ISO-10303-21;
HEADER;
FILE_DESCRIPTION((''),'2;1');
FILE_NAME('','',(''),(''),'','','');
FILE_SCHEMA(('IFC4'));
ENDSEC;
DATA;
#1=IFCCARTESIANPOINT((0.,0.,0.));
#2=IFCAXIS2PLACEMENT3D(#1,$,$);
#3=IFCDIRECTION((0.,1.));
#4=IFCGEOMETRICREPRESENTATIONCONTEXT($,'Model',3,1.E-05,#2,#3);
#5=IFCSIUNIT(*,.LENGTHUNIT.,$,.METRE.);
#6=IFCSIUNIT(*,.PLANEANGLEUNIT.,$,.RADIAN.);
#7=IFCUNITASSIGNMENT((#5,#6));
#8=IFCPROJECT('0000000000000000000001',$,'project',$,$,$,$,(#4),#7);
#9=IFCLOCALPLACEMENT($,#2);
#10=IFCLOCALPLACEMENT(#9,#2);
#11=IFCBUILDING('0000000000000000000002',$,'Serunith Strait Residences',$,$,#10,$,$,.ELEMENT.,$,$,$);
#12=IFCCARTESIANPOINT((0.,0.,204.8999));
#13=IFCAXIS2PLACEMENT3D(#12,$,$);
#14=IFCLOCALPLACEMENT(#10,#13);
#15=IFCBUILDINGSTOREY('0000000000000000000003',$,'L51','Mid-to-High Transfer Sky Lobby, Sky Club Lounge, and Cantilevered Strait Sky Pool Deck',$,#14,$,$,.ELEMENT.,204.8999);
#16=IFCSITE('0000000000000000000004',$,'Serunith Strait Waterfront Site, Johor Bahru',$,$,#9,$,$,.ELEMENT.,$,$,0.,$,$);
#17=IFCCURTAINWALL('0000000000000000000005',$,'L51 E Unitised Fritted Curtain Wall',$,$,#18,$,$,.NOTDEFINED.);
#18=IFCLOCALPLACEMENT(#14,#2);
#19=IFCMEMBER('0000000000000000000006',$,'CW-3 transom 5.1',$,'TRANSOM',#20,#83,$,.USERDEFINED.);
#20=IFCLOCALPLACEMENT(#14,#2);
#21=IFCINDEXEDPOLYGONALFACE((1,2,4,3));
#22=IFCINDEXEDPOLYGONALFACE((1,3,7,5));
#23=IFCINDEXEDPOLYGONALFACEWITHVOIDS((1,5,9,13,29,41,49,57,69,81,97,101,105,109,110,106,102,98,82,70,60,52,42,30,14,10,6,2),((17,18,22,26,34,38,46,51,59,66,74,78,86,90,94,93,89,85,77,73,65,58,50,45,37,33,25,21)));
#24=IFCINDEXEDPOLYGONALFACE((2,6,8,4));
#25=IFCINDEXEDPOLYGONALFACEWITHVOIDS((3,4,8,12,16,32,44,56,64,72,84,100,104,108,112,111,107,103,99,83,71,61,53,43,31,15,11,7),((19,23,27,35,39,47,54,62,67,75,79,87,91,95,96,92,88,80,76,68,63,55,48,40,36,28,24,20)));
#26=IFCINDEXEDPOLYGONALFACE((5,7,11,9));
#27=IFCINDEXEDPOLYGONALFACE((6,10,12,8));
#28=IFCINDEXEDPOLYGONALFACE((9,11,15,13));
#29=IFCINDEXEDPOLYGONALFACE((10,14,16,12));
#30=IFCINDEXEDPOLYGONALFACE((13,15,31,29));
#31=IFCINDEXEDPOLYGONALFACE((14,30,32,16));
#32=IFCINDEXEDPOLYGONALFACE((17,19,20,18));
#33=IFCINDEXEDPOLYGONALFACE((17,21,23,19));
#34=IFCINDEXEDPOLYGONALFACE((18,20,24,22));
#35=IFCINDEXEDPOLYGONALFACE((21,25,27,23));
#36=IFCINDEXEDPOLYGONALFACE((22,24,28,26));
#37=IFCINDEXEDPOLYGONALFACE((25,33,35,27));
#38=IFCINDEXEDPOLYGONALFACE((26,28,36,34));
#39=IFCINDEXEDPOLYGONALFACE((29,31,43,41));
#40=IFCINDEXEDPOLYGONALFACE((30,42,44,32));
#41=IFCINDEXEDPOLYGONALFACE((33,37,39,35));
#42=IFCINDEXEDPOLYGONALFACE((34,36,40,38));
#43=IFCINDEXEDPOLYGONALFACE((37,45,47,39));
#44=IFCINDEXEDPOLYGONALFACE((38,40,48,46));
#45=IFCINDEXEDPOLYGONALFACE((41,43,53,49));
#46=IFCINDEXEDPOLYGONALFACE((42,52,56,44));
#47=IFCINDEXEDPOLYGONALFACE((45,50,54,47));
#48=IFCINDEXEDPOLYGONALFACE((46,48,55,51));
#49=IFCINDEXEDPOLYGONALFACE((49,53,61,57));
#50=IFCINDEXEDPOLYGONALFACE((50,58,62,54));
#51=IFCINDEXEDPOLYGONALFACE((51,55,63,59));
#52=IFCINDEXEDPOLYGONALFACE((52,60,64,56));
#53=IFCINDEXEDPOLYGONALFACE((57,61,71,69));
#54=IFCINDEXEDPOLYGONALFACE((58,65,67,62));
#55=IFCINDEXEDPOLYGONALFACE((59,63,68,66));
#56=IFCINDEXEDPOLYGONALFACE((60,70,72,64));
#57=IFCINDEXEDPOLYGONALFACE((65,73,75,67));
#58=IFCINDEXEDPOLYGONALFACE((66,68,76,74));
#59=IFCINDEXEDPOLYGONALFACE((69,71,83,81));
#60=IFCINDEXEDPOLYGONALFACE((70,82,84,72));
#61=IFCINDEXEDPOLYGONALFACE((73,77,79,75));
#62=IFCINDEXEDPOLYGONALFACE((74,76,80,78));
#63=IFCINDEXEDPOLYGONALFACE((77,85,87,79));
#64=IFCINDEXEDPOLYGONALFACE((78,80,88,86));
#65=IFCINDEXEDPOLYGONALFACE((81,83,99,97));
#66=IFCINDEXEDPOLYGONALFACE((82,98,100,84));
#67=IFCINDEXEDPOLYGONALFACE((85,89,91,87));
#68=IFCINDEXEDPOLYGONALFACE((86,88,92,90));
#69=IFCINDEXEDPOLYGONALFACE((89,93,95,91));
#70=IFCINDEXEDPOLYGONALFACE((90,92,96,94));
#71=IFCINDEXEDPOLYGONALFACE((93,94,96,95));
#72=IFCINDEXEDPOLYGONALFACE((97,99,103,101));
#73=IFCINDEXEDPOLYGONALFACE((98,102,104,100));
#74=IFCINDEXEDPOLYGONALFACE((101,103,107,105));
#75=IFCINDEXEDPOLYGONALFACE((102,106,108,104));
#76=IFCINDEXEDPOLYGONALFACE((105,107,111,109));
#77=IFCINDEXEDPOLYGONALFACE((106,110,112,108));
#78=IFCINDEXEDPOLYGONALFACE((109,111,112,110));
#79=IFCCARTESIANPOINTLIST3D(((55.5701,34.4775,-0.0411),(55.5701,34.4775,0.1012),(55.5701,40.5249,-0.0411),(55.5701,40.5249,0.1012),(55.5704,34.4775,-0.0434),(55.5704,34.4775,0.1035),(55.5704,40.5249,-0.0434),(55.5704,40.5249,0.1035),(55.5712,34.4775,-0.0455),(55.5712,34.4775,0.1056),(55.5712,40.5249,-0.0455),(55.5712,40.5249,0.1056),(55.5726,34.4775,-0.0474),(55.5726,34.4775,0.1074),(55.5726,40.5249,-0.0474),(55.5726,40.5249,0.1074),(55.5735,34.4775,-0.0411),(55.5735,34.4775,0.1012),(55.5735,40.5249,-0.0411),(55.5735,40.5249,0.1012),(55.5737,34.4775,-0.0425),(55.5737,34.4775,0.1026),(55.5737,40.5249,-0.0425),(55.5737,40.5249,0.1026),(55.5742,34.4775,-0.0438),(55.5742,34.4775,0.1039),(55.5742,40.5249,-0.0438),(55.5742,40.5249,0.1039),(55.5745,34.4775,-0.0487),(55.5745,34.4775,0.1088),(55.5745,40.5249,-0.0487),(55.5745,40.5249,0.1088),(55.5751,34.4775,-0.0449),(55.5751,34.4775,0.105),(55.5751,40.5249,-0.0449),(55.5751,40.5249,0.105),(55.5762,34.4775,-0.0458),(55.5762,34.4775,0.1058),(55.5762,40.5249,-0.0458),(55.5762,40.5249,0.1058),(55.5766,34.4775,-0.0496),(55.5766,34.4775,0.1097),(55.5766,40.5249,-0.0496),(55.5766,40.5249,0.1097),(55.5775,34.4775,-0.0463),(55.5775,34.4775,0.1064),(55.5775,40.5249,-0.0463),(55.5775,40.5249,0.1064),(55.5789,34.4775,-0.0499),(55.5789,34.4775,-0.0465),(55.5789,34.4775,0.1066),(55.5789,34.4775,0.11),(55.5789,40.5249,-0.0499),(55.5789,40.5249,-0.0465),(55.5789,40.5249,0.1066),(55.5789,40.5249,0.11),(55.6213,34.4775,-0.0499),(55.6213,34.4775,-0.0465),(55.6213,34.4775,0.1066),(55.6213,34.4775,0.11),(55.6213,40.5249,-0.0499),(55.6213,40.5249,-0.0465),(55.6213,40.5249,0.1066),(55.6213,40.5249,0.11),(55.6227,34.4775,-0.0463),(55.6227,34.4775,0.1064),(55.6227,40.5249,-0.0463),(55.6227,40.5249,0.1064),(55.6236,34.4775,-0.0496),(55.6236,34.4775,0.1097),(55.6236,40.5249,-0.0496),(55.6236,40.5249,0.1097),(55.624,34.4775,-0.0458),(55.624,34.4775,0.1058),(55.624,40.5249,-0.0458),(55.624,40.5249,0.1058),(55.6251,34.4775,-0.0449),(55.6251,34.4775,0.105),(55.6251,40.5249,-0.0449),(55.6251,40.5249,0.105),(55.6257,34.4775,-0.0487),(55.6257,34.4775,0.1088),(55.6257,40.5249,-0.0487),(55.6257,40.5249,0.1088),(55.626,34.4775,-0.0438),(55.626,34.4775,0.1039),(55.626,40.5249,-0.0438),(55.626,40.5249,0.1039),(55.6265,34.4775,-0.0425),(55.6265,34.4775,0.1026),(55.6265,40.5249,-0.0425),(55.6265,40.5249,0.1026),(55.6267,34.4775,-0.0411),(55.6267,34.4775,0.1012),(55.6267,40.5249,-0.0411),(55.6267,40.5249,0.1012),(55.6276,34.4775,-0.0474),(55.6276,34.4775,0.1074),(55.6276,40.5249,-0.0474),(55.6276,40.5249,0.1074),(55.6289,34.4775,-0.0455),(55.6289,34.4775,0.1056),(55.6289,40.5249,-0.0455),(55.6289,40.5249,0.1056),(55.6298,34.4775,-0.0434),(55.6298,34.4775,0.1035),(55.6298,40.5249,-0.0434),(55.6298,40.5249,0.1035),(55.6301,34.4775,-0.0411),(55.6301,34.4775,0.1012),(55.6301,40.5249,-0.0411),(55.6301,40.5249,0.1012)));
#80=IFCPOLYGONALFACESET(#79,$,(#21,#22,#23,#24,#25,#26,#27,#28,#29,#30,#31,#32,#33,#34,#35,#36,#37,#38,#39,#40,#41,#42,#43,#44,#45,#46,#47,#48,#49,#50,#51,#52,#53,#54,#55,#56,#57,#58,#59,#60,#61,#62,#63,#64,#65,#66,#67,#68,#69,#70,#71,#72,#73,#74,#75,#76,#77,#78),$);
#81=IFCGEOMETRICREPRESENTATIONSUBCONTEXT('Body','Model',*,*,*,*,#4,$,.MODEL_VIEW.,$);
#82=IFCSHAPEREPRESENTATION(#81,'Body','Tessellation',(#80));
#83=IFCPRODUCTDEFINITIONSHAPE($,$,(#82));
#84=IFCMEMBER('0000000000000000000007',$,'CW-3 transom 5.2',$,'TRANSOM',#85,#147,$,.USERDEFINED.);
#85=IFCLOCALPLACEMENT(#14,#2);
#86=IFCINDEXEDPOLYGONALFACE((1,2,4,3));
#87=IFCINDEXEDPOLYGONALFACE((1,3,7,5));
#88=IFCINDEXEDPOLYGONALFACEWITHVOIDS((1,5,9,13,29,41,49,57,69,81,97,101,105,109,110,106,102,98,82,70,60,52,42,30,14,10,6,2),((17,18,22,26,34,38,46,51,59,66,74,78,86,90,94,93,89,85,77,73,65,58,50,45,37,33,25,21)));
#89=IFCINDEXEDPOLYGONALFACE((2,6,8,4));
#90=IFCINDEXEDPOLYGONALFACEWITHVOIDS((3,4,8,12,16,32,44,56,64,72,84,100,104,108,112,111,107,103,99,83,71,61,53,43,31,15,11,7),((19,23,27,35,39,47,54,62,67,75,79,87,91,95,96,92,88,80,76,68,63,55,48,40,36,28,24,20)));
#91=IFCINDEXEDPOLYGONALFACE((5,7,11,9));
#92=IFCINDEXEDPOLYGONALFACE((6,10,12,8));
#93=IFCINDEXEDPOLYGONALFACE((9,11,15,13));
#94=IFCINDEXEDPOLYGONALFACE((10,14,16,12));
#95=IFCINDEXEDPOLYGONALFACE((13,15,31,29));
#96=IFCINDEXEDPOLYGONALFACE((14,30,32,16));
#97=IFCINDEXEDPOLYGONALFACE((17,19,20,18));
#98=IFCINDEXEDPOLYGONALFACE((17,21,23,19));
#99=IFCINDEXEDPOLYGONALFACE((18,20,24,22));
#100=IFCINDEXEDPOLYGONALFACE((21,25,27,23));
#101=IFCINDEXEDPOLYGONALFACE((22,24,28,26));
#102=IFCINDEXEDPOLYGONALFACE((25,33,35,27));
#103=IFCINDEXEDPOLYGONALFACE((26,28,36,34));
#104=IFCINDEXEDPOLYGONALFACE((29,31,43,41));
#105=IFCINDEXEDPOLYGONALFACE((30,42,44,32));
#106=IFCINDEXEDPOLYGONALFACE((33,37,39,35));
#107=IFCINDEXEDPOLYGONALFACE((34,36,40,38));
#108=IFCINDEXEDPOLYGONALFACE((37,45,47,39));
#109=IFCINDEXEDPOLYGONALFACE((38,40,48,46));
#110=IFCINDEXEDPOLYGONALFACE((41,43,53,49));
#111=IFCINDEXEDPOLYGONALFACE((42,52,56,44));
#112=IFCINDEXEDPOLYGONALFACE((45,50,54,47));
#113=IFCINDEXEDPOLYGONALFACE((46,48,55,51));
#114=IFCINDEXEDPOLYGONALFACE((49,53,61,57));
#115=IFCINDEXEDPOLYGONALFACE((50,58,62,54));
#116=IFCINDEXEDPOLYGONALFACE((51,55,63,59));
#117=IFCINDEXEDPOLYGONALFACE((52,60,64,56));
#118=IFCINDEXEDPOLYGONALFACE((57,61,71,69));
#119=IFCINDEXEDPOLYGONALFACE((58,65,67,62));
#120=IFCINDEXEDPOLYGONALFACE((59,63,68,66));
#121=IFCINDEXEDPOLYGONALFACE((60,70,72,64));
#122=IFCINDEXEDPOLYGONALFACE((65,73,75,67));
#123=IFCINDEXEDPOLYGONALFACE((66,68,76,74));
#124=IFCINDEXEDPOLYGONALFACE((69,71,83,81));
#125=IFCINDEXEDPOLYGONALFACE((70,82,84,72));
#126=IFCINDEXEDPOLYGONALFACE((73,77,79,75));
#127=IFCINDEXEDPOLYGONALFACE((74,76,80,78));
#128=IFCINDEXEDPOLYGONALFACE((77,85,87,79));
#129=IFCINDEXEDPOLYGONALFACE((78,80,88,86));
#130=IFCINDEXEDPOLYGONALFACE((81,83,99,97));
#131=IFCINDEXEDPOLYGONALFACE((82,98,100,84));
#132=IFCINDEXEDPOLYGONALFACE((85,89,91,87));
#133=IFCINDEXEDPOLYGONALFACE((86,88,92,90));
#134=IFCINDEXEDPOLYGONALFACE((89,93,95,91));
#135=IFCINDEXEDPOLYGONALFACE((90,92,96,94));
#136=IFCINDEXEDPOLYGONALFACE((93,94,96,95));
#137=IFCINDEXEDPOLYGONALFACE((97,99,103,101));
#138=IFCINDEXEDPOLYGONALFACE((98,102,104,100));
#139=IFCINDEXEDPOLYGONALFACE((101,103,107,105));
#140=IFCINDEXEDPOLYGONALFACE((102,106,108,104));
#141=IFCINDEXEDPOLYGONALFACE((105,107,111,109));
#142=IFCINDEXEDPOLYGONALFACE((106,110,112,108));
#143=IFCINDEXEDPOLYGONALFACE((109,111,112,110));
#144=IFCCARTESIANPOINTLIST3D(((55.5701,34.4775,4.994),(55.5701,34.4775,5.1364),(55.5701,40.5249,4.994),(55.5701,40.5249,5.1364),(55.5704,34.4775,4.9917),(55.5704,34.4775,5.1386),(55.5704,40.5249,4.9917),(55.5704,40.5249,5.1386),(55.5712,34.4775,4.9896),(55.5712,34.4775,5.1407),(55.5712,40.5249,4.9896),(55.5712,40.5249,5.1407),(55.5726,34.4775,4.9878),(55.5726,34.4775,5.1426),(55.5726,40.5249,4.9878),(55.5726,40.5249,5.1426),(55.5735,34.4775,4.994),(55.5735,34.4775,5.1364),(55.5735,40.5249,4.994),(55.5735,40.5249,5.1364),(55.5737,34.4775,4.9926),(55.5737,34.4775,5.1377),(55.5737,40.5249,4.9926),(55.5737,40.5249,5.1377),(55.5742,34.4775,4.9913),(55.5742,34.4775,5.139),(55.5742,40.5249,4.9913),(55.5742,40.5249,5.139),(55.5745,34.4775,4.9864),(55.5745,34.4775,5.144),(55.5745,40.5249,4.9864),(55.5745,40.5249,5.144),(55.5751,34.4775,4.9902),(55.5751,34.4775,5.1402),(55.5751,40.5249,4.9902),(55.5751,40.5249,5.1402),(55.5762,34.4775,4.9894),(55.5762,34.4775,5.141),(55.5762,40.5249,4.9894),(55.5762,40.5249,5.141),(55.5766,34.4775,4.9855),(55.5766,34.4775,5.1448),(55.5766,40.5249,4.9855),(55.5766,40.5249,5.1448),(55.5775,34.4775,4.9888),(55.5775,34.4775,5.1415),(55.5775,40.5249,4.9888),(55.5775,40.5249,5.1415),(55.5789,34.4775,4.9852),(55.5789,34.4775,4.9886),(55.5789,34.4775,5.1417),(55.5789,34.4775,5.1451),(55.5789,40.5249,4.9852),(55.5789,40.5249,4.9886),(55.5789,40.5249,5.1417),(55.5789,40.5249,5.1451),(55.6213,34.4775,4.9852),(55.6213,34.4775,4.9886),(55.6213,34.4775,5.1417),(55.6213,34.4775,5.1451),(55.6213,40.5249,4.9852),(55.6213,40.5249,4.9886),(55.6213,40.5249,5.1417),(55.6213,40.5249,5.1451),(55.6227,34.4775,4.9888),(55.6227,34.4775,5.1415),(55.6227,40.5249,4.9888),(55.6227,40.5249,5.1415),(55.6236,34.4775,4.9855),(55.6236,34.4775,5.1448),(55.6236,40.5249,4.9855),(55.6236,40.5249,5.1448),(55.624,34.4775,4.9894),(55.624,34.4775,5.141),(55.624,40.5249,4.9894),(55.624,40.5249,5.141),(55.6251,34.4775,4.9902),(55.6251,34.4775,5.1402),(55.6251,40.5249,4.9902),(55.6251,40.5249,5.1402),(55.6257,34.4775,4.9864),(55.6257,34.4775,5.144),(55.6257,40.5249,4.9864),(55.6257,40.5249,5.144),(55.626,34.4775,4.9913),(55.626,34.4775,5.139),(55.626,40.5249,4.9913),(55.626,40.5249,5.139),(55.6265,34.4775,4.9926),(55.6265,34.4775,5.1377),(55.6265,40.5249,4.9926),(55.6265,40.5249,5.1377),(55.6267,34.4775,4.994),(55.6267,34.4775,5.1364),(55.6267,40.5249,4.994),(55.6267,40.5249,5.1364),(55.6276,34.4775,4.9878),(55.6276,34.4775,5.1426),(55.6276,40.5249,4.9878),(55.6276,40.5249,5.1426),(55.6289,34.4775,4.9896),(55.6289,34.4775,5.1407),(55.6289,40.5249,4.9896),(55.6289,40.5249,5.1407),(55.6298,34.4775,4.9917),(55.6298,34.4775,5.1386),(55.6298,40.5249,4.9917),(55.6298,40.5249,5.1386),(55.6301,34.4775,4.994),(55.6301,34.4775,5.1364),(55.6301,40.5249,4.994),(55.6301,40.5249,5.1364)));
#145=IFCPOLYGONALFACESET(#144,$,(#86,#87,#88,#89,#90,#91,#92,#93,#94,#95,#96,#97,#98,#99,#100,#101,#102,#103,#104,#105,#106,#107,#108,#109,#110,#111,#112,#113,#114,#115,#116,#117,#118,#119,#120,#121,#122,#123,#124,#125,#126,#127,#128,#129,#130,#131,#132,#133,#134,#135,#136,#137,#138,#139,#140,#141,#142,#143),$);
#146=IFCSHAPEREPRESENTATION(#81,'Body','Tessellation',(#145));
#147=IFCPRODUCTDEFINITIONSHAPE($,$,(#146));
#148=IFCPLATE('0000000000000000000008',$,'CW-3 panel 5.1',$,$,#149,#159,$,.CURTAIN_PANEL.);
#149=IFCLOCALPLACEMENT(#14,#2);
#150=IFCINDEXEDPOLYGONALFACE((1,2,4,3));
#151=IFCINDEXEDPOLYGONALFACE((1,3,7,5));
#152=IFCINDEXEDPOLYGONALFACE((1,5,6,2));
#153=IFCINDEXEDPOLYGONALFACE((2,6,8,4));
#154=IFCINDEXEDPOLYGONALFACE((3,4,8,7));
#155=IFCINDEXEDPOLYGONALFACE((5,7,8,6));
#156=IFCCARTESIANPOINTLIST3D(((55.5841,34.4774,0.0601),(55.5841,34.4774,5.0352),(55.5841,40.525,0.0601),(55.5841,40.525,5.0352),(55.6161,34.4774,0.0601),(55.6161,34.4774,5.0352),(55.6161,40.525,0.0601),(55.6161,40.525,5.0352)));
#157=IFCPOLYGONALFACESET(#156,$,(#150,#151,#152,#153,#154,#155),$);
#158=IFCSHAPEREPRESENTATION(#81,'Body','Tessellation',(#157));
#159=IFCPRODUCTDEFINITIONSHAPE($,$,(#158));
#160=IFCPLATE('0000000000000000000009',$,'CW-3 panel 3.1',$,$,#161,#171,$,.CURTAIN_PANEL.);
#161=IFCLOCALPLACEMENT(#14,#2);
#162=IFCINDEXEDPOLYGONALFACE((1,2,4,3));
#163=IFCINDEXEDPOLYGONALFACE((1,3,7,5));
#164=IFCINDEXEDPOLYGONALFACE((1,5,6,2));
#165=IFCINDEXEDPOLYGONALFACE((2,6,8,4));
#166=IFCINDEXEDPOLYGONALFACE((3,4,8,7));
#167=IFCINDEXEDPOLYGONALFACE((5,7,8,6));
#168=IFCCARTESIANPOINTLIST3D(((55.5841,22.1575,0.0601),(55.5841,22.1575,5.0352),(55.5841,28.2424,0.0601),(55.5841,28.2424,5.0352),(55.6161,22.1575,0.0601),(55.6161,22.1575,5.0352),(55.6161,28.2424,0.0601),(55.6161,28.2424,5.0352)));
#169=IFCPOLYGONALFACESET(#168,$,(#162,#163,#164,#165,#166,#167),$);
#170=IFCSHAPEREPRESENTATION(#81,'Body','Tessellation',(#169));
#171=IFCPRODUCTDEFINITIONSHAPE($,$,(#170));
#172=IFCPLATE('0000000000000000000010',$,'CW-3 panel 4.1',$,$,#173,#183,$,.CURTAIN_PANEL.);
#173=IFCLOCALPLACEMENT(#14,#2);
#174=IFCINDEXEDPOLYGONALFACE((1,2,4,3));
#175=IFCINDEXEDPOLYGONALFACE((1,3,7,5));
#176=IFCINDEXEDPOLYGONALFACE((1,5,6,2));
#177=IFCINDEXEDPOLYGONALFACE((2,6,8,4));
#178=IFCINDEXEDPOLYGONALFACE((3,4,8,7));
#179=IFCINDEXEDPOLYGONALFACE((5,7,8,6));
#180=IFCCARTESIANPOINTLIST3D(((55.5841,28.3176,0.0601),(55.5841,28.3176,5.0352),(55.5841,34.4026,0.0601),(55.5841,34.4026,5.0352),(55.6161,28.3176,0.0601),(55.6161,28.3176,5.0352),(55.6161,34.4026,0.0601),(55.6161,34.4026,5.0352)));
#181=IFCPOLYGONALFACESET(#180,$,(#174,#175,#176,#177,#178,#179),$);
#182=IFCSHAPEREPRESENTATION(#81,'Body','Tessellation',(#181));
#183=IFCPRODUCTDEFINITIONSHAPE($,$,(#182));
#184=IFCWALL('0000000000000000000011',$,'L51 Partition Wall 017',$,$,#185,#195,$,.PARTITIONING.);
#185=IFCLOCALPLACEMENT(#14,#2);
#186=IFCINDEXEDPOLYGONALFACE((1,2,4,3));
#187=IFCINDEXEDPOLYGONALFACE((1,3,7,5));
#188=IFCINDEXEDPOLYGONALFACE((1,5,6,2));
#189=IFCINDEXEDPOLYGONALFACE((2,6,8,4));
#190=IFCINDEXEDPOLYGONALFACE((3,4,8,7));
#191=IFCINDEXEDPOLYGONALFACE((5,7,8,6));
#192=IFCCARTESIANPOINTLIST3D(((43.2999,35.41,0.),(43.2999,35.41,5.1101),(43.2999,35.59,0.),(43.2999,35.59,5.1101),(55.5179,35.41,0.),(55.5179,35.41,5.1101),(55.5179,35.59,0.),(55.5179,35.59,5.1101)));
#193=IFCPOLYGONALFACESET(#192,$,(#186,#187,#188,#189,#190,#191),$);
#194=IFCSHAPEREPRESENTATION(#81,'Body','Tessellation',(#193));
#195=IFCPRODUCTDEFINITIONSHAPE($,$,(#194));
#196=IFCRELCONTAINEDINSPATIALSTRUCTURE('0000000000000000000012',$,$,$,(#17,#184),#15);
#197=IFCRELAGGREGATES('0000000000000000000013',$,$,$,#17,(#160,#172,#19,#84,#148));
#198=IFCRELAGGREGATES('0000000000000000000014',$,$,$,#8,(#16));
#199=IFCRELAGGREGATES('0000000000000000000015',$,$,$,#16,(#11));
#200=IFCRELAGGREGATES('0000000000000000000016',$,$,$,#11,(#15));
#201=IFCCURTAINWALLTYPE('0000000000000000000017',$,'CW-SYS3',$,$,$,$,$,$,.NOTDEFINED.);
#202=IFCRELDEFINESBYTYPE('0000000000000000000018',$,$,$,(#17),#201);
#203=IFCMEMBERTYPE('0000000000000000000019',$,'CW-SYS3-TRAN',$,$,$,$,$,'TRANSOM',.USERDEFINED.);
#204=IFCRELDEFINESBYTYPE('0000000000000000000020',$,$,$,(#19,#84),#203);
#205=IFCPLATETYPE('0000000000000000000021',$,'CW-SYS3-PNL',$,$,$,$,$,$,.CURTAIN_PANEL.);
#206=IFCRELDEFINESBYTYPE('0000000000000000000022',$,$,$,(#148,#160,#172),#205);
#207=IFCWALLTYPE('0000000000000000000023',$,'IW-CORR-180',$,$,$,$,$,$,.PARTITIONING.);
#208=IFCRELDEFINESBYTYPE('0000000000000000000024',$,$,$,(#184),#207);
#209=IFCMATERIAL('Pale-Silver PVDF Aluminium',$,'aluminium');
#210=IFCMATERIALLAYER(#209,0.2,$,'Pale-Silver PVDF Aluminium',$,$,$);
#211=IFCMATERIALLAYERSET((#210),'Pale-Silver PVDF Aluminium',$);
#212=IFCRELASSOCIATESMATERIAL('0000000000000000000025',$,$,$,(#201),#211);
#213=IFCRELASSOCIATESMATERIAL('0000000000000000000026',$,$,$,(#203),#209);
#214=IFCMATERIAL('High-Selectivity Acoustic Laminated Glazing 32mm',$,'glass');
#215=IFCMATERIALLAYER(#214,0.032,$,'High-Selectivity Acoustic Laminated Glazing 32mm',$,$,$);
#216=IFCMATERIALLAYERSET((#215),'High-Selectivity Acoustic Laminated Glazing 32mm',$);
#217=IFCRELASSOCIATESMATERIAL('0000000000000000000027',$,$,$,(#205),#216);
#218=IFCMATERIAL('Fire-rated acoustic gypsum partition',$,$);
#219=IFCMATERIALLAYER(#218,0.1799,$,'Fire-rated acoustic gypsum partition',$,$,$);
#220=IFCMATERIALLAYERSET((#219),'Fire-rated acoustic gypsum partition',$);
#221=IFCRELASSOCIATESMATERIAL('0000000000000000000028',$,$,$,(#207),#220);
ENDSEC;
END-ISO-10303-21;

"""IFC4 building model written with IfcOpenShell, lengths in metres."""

from ifc_helpers import new_model, si_unit, direction, frame, frame_2d, origin, origin_2d, place, context, subcontext, project, spatial, rectangle, hollow_rectangle, extrude, source, transform, mapped, material, layer, layer_set, material_profile, profile_set, type_object, element, aggregate, save


model = new_model("IFC4")

# Units and contexts
model_context = context("Model", 3, precision=1e-05, world=origin(), true_north=direction((0.0, 1.0)))
body_context = subcontext(model_context, "Body", "Model", "MODEL_VIEW")
ifc_project = project(units=[si_unit("LENGTHUNIT", "METRE"), si_unit("PLANEANGLEUNIT", "RADIAN")], contexts=[model_context])

# Site, building, storey
site_placement = place(None, origin())
site = spatial("IfcSite", under=ifc_project, at=site_placement, Name="Serunith Strait Waterfront Site, Johor Bahru", CompositionType="ELEMENT", RefElevation=0.0)
building_placement = place(site_placement, origin())
building = spatial("IfcBuilding", under=site, at=building_placement, Name="Serunith Strait Residences", CompositionType="ELEMENT")
storey_placement = place(building_placement, frame((0.0, 0.0, 204.8999)))
storey = spatial("IfcBuildingStorey", under=building, at=storey_placement, Name="L51", Description="Mid-to-High Transfer Sky Lobby, Sky Club Lounge, and Cantilevered Strait Sky Pool Deck", CompositionType="ELEMENT", Elevation=204.8999)

# Curtain wall, members, plates
ifc_material_1 = material(Name="Pale-Silver PVDF Aluminium", Category="aluminium")
ifc_layer_1 = layer(ifc_material_1, 0.2, Name="Pale-Silver PVDF Aluminium")
ifc_layer_set_1 = layer_set([ifc_layer_1], Name="Pale-Silver PVDF Aluminium")
curtain_wall_type = type_object("IfcCurtainWallType", Name="CW-SYS3", PredefinedType="NOTDEFINED", material=ifc_layer_set_1)
curtain_wall_placement = place(storey_placement, origin())
curtain_wall = element("IfcCurtainWall", 1, at=curtain_wall_placement, inside=storey, type_object=curtain_wall_type, Name="L51 E Unitised Fritted Curtain Wall", PredefinedType="NOTDEFINED")
ifc_material_profile_1 = material_profile(ifc_material_1, hollow_rectangle(XDim=0.0601, YDim=0.1599, WallThickness=0.0034, InnerFilletRadius=0.0054, OuterFilletRadius=0.0088, at=origin_2d()), Name="ALU 160x60x3.5")
ifc_profile_set_1 = profile_set([ifc_material_profile_1], Name="Pale-Silver PVDF Aluminium")
member_type_1 = type_object("IfcMemberType", Name="CW-SYS3-TRAN", ElementType="TRANSOM", PredefinedType="USERDEFINED", material=ifc_profile_set_1)
shared_shape_1 = source(origin(), body_context, "Body", "SweptSolid", [
    extrude(hollow_rectangle(XDim=0.0601, YDim=0.1599, WallThickness=0.0034, InnerFilletRadius=0.0054, OuterFilletRadius=0.0088, at=origin_2d()), origin(), (0.0, 0.0, 1.0), 6.0474),
])
member_1_placement = place(storey_placement, frame((55.6001, 34.4775, 0.03), z_axis=(0.0, 1.0, 0.0), x_axis=(-1.0, 0.0, 0.0)))
member_1 = element("IfcMember", 2, at=member_1_placement, type_object=member_type_1, Name="CW-3 transom 5.1", ObjectType="TRANSOM", PredefinedType="USERDEFINED", context=body_context, shape_type="MappedRepresentation", body=[
    mapped(shared_shape_1, transform((0.0, 0.0, 0.0), scale=1.0)),
])
member_2_placement = place(storey_placement, frame((55.6001, 34.4775, 5.0652), z_axis=(0.0, 1.0, 0.0), x_axis=(-1.0, 0.0, 0.0)))
member_2 = element("IfcMember", 3, at=member_2_placement, type_object=member_type_1, Name="CW-3 transom 5.2", ObjectType="TRANSOM", PredefinedType="USERDEFINED", context=body_context, shape_type="MappedRepresentation", body=[
    mapped(shared_shape_1, transform((0.0, 0.0, 0.0), scale=1.0)),
])
ifc_material_2 = material(Name="High-Selectivity Acoustic Laminated Glazing 32mm", Category="glass")
ifc_layer_2 = layer(ifc_material_2, 0.032, Name="High-Selectivity Acoustic Laminated Glazing 32mm")
ifc_layer_set_2 = layer_set([ifc_layer_2], Name="High-Selectivity Acoustic Laminated Glazing 32mm")
plate_type = type_object("IfcPlateType", Name="CW-SYS3-PNL", PredefinedType="CURTAIN_PANEL", material=ifc_layer_set_2)
shared_shape_2 = source(origin(), body_context, "Body", "SweptSolid", [
    extrude(rectangle(XDim=6.0476, YDim=0.032, at=origin_2d()), origin(), (0.0, 0.0, 1.0), 4.9751),
])
plate_1_placement = place(storey_placement, frame((55.6001, 37.5012, 0.0601), z_axis=(0.0, 0.0, 1.0), x_axis=(0.0, 1.0, 0.0)))
plate_1 = element("IfcPlate", 4, at=plate_1_placement, type_object=plate_type, Name="CW-3 panel 5.1", PredefinedType="CURTAIN_PANEL", context=body_context, shape_type="MappedRepresentation", body=[
    mapped(shared_shape_2, transform((0.0, 0.0, 0.0), scale=1.0)),
])
shared_shape_3 = source(origin(), body_context, "Body", "SweptSolid", [
    extrude(rectangle(XDim=6.085, YDim=0.032, at=origin_2d()), origin(), (0.0, 0.0, 1.0), 4.9751),
])
plate_2_placement = place(storey_placement, frame((55.6001, 25.2, 0.0601), z_axis=(0.0, 0.0, 1.0), x_axis=(0.0, 1.0, 0.0)))
plate_2 = element("IfcPlate", 5, at=plate_2_placement, type_object=plate_type, Name="CW-3 panel 3.1", PredefinedType="CURTAIN_PANEL", context=body_context, shape_type="MappedRepresentation", body=[
    mapped(shared_shape_3, transform((0.0, 0.0, 0.0), scale=1.0)),
])
plate_3_placement = place(storey_placement, frame((55.6001, 31.3601, 0.0601), z_axis=(0.0, 0.0, 1.0), x_axis=(0.0, 1.0, 0.0)))
plate_3 = element("IfcPlate", 6, at=plate_3_placement, type_object=plate_type, Name="CW-3 panel 4.1", PredefinedType="CURTAIN_PANEL", context=body_context, shape_type="MappedRepresentation", body=[
    mapped(shared_shape_3, transform((0.0, 0.0, 0.0), scale=1.0)),
])
aggregate(curtain_wall, [plate_2, plate_3, member_1, member_2, plate_1])

# Wall
ifc_material_3 = material(Name="Fire-rated acoustic gypsum partition")
ifc_layer_3 = layer(ifc_material_3, 0.1799, Name="Fire-rated acoustic gypsum partition")
ifc_layer_set_3 = layer_set([ifc_layer_3], Name="Fire-rated acoustic gypsum partition")
wall_type_1 = type_object("IfcWallType", Name="IW-CORR-180", PredefinedType="PARTITIONING", material=ifc_layer_set_3)
wall_1_placement = place(storey_placement, frame((43.3, 35.5, 0.0), z_axis=(0.0, 0.0, 1.0), x_axis=(1.0, 0.0, 0.0)))
element("IfcWall", 7, at=wall_1_placement, inside=storey, type_object=wall_type_1, Name="L51 Partition Wall 017", PredefinedType="PARTITIONING", context=body_context, shape_type="SweptSolid", body=[
    extrude(rectangle(XDim=12.218, YDim=0.1799, at=frame_2d((6.1089, 0.0))), origin(), (0.0, 0.0, 1.0), 5.1101),
])

save(model, "model.ifc")
